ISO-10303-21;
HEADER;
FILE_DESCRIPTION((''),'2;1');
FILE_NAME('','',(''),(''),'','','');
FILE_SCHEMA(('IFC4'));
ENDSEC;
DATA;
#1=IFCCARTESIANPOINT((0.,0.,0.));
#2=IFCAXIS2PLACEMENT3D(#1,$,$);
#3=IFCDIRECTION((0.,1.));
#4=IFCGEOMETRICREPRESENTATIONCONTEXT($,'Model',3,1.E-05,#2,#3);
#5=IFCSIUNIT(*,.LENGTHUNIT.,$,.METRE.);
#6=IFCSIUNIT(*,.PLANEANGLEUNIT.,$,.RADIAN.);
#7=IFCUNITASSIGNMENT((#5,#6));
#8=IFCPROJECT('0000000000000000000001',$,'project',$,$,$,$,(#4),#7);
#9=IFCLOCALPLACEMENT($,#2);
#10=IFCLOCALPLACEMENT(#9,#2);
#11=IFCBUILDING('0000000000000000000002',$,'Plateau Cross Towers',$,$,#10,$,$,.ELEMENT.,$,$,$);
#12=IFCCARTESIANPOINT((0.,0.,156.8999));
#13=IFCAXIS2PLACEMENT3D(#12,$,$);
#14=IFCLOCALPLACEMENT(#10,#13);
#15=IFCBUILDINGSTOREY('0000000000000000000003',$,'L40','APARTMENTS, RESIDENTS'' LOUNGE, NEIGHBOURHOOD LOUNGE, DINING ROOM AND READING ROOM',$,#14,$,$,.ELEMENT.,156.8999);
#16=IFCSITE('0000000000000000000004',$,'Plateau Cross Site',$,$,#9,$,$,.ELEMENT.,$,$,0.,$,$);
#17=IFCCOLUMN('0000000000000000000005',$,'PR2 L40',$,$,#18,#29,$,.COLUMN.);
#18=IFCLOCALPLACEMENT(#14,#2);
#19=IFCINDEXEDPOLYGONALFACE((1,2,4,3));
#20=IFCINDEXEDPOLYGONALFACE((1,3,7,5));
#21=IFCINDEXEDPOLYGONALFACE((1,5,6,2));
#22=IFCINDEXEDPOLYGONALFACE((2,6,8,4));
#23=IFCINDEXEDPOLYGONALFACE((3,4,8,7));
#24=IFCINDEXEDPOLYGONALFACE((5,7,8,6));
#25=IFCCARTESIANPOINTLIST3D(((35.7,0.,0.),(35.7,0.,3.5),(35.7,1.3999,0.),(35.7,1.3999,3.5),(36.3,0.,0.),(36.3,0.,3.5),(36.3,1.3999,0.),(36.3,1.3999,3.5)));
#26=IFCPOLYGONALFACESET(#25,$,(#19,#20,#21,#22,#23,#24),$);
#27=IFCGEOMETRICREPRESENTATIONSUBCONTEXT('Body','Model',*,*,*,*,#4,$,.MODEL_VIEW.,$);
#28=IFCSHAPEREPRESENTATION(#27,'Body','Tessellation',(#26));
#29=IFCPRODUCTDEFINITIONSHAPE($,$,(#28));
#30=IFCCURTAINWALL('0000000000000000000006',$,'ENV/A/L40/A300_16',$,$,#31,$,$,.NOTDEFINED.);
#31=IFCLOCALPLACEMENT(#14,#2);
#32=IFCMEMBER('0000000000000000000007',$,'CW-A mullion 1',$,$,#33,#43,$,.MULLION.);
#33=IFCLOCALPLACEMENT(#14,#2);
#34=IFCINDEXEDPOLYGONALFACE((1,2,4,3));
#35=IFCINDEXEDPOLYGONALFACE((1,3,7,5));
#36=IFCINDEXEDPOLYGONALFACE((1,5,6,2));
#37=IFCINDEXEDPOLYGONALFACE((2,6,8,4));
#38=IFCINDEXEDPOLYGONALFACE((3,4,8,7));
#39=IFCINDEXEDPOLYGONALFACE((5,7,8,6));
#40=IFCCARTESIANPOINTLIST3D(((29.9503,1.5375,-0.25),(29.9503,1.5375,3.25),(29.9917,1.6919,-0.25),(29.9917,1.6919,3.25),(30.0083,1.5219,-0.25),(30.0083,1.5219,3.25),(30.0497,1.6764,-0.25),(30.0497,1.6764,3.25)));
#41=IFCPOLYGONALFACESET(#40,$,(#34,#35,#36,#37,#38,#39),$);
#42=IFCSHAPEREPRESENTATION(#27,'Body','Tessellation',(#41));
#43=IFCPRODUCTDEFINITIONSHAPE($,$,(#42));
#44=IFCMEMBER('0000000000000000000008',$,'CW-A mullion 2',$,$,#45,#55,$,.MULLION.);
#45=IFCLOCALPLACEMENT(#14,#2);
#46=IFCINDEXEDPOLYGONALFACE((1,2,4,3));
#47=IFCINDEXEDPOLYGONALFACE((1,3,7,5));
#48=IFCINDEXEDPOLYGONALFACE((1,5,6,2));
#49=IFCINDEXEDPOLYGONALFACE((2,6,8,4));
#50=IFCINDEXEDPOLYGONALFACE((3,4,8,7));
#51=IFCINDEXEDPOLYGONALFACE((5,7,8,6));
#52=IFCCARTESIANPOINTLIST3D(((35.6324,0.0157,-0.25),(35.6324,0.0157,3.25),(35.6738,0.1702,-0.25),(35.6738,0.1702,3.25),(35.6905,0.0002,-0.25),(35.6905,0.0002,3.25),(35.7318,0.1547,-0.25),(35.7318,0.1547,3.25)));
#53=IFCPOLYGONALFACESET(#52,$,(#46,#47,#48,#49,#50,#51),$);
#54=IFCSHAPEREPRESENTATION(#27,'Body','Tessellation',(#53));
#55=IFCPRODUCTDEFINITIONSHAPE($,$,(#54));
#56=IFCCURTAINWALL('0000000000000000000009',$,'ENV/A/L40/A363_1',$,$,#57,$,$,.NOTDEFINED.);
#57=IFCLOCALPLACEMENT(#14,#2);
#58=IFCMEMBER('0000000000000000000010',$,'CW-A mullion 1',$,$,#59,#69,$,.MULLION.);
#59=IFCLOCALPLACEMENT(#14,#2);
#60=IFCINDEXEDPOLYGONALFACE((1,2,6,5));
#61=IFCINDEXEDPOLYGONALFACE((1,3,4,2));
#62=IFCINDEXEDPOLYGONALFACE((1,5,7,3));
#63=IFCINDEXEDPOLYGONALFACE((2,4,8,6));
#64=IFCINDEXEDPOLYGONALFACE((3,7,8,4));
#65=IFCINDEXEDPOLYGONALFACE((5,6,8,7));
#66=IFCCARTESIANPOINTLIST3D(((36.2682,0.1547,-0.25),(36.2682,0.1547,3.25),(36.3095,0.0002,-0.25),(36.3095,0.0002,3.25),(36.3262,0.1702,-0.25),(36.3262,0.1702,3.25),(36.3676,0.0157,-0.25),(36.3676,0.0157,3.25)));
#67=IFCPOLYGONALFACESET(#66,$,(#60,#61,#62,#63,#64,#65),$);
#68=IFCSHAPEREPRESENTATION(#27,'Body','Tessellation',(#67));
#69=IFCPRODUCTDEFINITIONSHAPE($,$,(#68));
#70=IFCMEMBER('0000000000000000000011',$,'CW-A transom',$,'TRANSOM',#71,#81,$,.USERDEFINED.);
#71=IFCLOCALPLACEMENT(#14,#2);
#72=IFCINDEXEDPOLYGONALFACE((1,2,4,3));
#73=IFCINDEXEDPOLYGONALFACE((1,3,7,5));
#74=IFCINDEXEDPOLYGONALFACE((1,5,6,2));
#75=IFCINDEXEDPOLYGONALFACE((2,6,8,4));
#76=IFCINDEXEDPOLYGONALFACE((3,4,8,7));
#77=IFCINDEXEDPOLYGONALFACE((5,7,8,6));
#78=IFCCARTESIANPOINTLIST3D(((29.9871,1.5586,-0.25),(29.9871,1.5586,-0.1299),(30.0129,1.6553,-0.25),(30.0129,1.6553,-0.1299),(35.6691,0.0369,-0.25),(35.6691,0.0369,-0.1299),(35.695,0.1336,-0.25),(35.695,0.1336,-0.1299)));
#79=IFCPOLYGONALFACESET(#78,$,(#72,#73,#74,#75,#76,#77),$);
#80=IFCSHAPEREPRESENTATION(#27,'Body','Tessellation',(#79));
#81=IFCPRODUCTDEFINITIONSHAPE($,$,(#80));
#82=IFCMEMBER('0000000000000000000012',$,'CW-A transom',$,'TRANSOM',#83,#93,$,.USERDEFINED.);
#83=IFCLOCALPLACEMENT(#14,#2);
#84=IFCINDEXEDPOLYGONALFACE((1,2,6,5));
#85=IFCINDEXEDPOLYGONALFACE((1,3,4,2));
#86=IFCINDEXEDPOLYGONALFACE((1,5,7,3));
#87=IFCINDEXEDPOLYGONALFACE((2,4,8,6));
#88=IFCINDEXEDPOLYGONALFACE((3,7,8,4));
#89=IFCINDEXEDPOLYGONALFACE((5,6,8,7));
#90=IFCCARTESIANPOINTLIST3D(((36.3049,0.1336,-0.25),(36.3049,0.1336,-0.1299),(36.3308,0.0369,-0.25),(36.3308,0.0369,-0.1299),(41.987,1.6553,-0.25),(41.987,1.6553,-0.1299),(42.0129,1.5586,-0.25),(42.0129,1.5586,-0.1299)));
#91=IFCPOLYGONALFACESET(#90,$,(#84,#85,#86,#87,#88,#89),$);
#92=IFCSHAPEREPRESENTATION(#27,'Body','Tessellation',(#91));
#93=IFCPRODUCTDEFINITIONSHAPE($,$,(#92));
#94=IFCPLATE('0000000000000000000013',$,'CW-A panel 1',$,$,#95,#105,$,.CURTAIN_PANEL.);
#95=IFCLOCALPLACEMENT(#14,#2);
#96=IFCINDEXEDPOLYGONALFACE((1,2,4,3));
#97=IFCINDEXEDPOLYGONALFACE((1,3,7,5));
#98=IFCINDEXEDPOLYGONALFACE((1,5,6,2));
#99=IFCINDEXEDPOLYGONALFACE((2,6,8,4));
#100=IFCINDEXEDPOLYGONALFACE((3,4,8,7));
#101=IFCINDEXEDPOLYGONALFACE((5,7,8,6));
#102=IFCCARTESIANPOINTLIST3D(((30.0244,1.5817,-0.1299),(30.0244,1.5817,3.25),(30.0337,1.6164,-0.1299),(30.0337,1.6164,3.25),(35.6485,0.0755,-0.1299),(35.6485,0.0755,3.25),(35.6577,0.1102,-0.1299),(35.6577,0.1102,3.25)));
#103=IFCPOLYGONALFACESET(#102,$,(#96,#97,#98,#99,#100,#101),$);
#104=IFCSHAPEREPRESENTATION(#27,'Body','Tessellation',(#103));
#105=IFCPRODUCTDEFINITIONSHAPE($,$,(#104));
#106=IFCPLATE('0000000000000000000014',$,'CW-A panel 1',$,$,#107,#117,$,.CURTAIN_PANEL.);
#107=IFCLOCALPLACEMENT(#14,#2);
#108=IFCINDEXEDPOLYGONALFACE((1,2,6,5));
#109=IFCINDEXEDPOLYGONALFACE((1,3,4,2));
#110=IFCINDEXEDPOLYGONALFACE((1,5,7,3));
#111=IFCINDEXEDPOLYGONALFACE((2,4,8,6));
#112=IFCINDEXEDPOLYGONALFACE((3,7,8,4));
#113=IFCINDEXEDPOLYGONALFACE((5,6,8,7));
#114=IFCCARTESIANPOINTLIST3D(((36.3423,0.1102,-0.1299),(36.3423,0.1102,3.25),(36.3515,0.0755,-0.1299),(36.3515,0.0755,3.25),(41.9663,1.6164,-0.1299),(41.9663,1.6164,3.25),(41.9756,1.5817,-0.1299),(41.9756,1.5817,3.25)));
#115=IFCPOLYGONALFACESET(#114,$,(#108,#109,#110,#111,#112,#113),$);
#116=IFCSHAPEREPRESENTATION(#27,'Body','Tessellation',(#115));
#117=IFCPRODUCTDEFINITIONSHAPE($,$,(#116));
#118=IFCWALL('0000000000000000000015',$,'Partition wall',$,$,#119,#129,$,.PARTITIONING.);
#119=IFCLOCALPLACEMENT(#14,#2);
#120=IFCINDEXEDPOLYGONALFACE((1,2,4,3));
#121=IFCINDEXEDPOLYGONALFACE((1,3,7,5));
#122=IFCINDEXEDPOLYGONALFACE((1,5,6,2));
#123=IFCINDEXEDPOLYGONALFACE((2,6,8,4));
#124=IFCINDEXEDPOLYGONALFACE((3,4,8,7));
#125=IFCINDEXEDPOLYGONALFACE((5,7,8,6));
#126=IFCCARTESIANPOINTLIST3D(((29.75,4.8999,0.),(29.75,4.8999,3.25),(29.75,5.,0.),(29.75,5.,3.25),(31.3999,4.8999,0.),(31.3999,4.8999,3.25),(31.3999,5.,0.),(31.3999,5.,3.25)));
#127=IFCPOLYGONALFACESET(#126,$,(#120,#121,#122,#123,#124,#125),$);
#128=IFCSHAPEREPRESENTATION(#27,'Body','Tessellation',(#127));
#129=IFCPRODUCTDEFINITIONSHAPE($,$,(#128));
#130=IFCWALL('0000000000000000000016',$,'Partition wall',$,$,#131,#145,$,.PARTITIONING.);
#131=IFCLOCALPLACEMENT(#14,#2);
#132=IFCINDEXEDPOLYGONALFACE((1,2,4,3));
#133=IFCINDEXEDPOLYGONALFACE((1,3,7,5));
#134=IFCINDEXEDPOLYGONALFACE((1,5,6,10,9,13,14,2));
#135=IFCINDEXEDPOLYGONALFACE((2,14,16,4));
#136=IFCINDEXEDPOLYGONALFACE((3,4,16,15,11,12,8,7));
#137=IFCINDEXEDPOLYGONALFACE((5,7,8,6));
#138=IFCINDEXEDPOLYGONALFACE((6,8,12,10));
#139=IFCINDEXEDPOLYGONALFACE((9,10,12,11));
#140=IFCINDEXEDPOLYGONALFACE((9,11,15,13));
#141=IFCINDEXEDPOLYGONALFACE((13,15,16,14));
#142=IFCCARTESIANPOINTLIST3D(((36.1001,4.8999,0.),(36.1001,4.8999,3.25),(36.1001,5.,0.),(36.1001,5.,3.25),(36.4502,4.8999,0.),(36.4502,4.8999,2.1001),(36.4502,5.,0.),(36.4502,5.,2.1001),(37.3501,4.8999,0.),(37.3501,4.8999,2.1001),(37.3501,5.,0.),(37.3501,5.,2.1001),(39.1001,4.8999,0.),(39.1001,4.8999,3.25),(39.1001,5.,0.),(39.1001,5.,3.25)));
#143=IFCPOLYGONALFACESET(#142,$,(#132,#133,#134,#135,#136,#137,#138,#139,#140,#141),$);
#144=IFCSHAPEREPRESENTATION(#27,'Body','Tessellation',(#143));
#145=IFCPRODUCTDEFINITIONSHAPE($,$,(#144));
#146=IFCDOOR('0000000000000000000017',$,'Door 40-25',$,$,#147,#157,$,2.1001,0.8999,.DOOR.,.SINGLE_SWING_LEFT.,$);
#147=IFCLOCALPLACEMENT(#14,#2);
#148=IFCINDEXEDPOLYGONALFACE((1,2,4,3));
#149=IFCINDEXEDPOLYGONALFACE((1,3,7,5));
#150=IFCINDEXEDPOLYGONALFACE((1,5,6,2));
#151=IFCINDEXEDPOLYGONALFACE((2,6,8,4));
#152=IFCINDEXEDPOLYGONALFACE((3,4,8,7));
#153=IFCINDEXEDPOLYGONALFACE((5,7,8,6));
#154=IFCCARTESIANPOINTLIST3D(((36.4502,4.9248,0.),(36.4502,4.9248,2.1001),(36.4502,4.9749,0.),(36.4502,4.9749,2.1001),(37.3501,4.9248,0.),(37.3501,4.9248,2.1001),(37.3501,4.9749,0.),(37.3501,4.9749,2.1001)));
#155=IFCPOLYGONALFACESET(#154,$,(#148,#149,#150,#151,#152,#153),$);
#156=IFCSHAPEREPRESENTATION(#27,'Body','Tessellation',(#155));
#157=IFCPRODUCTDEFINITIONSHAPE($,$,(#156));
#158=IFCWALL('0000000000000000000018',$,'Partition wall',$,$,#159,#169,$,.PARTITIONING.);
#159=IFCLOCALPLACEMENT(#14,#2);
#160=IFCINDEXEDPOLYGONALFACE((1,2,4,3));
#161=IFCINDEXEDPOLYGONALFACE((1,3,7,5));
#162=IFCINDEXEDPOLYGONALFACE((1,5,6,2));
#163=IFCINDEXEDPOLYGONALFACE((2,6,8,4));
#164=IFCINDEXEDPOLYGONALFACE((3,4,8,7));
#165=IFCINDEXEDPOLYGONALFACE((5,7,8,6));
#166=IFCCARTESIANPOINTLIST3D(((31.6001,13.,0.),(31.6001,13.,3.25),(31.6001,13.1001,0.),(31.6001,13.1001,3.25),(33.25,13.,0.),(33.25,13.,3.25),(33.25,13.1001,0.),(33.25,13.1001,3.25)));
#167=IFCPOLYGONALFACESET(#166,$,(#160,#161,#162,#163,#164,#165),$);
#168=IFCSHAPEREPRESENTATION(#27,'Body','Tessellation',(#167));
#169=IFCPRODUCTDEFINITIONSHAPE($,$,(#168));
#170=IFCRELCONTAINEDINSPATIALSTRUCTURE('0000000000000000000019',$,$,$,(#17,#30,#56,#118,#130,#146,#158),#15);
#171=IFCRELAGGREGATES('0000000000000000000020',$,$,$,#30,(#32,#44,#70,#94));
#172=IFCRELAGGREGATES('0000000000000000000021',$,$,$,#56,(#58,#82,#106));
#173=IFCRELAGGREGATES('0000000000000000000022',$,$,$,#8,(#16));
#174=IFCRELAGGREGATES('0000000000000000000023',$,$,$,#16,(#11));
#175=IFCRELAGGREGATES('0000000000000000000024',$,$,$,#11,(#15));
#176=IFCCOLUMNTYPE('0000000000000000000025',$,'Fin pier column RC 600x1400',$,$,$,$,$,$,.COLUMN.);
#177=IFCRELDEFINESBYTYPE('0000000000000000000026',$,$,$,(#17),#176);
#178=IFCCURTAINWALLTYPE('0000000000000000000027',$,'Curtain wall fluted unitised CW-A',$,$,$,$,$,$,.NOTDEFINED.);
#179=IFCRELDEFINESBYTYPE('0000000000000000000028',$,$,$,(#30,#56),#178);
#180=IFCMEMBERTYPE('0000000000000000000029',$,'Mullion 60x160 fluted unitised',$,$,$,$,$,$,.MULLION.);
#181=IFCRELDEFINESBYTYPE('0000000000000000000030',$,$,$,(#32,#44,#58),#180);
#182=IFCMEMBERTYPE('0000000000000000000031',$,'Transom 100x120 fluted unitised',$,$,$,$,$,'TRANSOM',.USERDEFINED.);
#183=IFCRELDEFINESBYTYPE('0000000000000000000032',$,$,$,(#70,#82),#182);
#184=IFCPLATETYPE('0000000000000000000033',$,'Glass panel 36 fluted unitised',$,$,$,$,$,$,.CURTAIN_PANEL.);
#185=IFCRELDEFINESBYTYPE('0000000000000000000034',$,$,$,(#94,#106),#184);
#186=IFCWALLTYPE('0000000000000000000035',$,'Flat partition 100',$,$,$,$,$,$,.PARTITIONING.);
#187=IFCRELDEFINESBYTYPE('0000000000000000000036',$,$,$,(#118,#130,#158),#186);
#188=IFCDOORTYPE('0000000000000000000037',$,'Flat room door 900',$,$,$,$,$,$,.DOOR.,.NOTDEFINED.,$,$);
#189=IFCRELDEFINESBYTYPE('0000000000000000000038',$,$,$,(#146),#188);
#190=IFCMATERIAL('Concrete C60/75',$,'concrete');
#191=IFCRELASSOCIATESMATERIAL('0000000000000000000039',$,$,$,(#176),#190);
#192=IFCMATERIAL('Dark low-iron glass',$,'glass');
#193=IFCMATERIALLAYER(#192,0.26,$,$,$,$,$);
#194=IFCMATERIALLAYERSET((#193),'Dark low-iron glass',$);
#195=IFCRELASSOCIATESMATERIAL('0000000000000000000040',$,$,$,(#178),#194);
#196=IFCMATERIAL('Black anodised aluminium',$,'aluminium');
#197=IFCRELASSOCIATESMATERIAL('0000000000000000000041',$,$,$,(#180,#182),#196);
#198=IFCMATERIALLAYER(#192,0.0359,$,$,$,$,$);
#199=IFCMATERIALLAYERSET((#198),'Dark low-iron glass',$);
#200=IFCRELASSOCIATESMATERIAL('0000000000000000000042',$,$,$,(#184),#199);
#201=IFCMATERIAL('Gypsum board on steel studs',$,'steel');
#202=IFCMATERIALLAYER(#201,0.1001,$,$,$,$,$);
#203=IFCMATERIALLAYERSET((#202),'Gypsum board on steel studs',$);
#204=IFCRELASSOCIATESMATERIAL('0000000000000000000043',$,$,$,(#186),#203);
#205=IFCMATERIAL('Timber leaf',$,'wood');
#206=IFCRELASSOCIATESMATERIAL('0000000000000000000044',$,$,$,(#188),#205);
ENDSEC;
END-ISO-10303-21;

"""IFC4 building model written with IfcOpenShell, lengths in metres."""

from ifc_helpers import new_model, si_unit, direction, frame, frame_2d, origin, origin_2d, place, context, subcontext, project, spatial, rectangle, extrude, material, layer, layer_set, material_profile, profile_set, type_object, element, fill, aggregate, save


model = new_model("IFC4")

# Units and contexts
model_context = context("Model", 3, precision=1e-05, world=origin(), true_north=direction((0.0, 1.0)))
body_context = subcontext(model_context, "Body", "Model", "MODEL_VIEW")
ifc_project = project(units=[si_unit("LENGTHUNIT", "METRE"), si_unit("PLANEANGLEUNIT", "RADIAN")], contexts=[model_context])

# Site, building, storey
site_placement = place(None, origin())
site = spatial("IfcSite", under=ifc_project, at=site_placement, Name="Plateau Cross Site", CompositionType="ELEMENT", RefElevation=0.0)
building_placement = place(site_placement, origin())
building = spatial("IfcBuilding", under=site, at=building_placement, Name="Plateau Cross Towers", CompositionType="ELEMENT")
storey_placement = place(building_placement, frame((0.0, 0.0, 156.8999)))
storey = spatial("IfcBuildingStorey", under=building, at=storey_placement, Name="L40", Description="APARTMENTS, RESIDENTS' LOUNGE, NEIGHBOURHOOD LOUNGE, DINING ROOM AND READING ROOM", CompositionType="ELEMENT", Elevation=156.8999)

# Column
ifc_material_1 = material(Name="Concrete C60/75", Category="concrete")
ifc_material_profile_1 = material_profile(ifc_material_1, rectangle(XDim=0.6001, YDim=1.3999, at=origin_2d()), Name="RC 600x1400")
ifc_profile_set_1 = profile_set([ifc_material_profile_1], Name="Concrete C60/75")
column_type = type_object("IfcColumnType", Name="Fin pier column RC 600x1400", PredefinedType="COLUMN", material=ifc_profile_set_1)
column_placement = place(storey_placement, frame((36.0, 0.7, 0.0), z_axis=(0.0, 0.0, 1.0), x_axis=(1.0, 0.0, 0.0)))
element("IfcColumn", 1, at=column_placement, inside=storey, type_object=column_type, Name="PR2 L40", PredefinedType="COLUMN", context=body_context, shape_type="SweptSolid", body=[
    extrude(rectangle(XDim=0.6001, YDim=1.3999, at=origin_2d()), origin(), (0.0, 0.0, 1.0), 3.5),
])

# Curtain wall, members
ifc_material_2 = material(Name="Dark low-iron glass", Category="glass")
ifc_layer_1 = layer(ifc_material_2, 0.26)
ifc_layer_set_1 = layer_set([ifc_layer_1], Name="Dark low-iron glass")
curtain_wall_type = type_object("IfcCurtainWallType", Name="Curtain wall fluted unitised CW-A", PredefinedType="NOTDEFINED", material=ifc_layer_set_1)
curtain_wall_1_placement = place(storey_placement, origin())
curtain_wall_1 = element("IfcCurtainWall", 2, at=curtain_wall_1_placement, inside=storey, type_object=curtain_wall_type, Name="ENV/A/L40/A300_16", PredefinedType="NOTDEFINED")
ifc_material_3 = material(Name="Black anodised aluminium", Category="aluminium")
ifc_material_profile_2 = material_profile(ifc_material_3, rectangle(XDim=0.0601, YDim=0.1599, at=origin_2d()), Name="MULLION 60x160")
ifc_profile_set_2 = profile_set([ifc_material_profile_2], Name="Black anodised aluminium")
member_type_1 = type_object("IfcMemberType", Name="Mullion 60x160 fluted unitised", PredefinedType="MULLION", material=ifc_profile_set_2)
member_1_placement = place(storey_placement, frame((30.0, 1.6069, -0.25), z_axis=(0.0, 0.0, 1.0), x_axis=(0.965958, -0.258699, 0.0)))
member_1 = element("IfcMember", 3, at=member_1_placement, type_object=member_type_1, Name="CW-A mullion 1", PredefinedType="MULLION", context=body_context, shape_type="SweptSolid", body=[
    extrude(rectangle(XDim=0.0601, YDim=0.1599, at=origin_2d()), origin(), (0.0, 0.0, 1.0), 3.5),
])
member_2_placement = place(storey_placement, frame((35.6821, 0.0852, -0.25), z_axis=(0.0, 0.0, 1.0), x_axis=(0.965958, -0.258699, 0.0)))
member_2 = element("IfcMember", 4, at=member_2_placement, type_object=member_type_1, Name="CW-A mullion 2", PredefinedType="MULLION", context=body_context, shape_type="SweptSolid", body=[
    extrude(rectangle(XDim=0.0601, YDim=0.1599, at=origin_2d()), origin(), (0.0, 0.0, 1.0), 3.5),
])

# Curtain wall, member
curtain_wall_2_placement = place(storey_placement, origin())
curtain_wall_2 = element("IfcCurtainWall", 5, at=curtain_wall_2_placement, inside=storey, type_object=curtain_wall_type, Name="ENV/A/L40/A363_1", PredefinedType="NOTDEFINED")
member_3_placement = place(storey_placement, frame((36.3179, 0.0852, -0.25), z_axis=(0.0, 0.0, 1.0), x_axis=(0.965958, 0.258699, 0.0)))
member_3 = element("IfcMember", 6, at=member_3_placement, type_object=member_type_1, Name="CW-A mullion 1", PredefinedType="MULLION", context=body_context, shape_type="SweptSolid", body=[
    extrude(rectangle(XDim=0.0601, YDim=0.1599, at=origin_2d()), origin(), (0.0, 0.0, 1.0), 3.5),
])

# Members
ifc_material_profile_3 = material_profile(ifc_material_3, rectangle(XDim=0.1001, YDim=0.1201, at=origin_2d()), Name="TRANSOM 100x120")
ifc_profile_set_3 = profile_set([ifc_material_profile_3], Name="Black anodised aluminium")
member_type_2 = type_object("IfcMemberType", Name="Transom 100x120 fluted unitised", ElementType="TRANSOM", PredefinedType="USERDEFINED", material=ifc_profile_set_3)
member_4_placement = place(storey_placement, frame((30.0, 1.6069, -0.1899), z_axis=(0.96596, -0.258693, 0.0), x_axis=(0.258693, 0.96596, 0.0)))
member_4 = element("IfcMember", 7, at=member_4_placement, type_object=member_type_2, Name="CW-A transom", ObjectType="TRANSOM", PredefinedType="USERDEFINED", context=body_context, shape_type="SweptSolid", body=[
    extrude(rectangle(XDim=0.1001, YDim=0.1201, at=origin_2d()), origin(), (0.0, 0.0, 1.0), 5.8823),
])
member_5_placement = place(storey_placement, frame((36.3179, 0.0852, -0.1899), z_axis=(0.96596, 0.258693, 0.0), x_axis=(-0.258693, 0.96596, 0.0)))
member_5 = element("IfcMember", 8, at=member_5_placement, type_object=member_type_2, Name="CW-A transom", ObjectType="TRANSOM", PredefinedType="USERDEFINED", context=body_context, shape_type="SweptSolid", body=[
    extrude(rectangle(XDim=0.1001, YDim=0.1201, at=origin_2d()), origin(), (0.0, 0.0, 1.0), 5.8823),
])

# Plates
ifc_layer_2 = layer(ifc_material_2, 0.0359)
ifc_layer_set_2 = layer_set([ifc_layer_2], Name="Dark low-iron glass")
plate_type = type_object("IfcPlateType", Name="Glass panel 36 fluted unitised", PredefinedType="CURTAIN_PANEL", material=ifc_layer_set_2)
plate_1_placement = place(storey_placement, frame((32.8411, 0.8459, -0.1299), z_axis=(0.0, 0.0, 1.0), x_axis=(0.965958, -0.258699, 0.0)))
plate_1 = element("IfcPlate", 9, at=plate_1_placement, type_object=plate_type, Name="CW-A panel 1", PredefinedType="CURTAIN_PANEL", context=body_context, shape_type="SweptSolid", body=[
    extrude(rectangle(XDim=5.8223, YDim=0.0359, at=origin_2d()), origin(), (0.0, 0.0, 1.0), 3.3799),
])
aggregate(curtain_wall_1, [member_1, member_2, member_4, plate_1])
plate_2_placement = place(storey_placement, frame((39.1589, 0.8459, -0.1299), z_axis=(0.0, 0.0, 1.0), x_axis=(0.965958, 0.258699, 0.0)))
plate_2 = element("IfcPlate", 10, at=plate_2_placement, type_object=plate_type, Name="CW-A panel 1", PredefinedType="CURTAIN_PANEL", context=body_context, shape_type="SweptSolid", body=[
    extrude(rectangle(XDim=5.8223, YDim=0.0359, at=origin_2d()), origin(), (0.0, 0.0, 1.0), 3.3799),
])
aggregate(curtain_wall_2, [member_3, member_5, plate_2])

# Wall
ifc_material_4 = material(Name="Gypsum board on steel studs", Category="steel")
ifc_layer_3 = layer(ifc_material_4, 0.1001)
ifc_layer_set_3 = layer_set([ifc_layer_3], Name="Gypsum board on steel studs")
wall_type_1 = type_object("IfcWallType", Name="Flat partition 100", PredefinedType="PARTITIONING", material=ifc_layer_set_3)
wall_1_placement = place(storey_placement, frame((29.75, 4.95, 0.0), z_axis=(0.0, 0.0, 1.0), x_axis=(1.0, 0.0, 0.0)))
element("IfcWall", 11, at=wall_1_placement, inside=storey, type_object=wall_type_1, Name="Partition wall", PredefinedType="PARTITIONING", context=body_context, shape_type="SweptSolid", body=[
    extrude(rectangle(XDim=1.6499, YDim=0.1001, at=frame_2d((0.825, 0.0))), origin(), (0.0, 0.0, 1.0), 3.25),
])

# Wall, opening, door
wall_2_placement = place(storey_placement, frame((36.1001, 4.95, 0.0), z_axis=(0.0, 0.0, 1.0), x_axis=(1.0, 0.0, 0.0)))
wall_2 = element("IfcWall", 12, at=wall_2_placement, inside=storey, type_object=wall_type_1, Name="Partition wall", PredefinedType="PARTITIONING", context=body_context, shape_type="SweptSolid", body=[
    extrude(rectangle(XDim=3.0, YDim=0.1001, at=frame_2d((1.5, 0.0))), origin(), (0.0, 0.0, 1.0), 3.25),
])
opening_1_placement = place(wall_2_placement, frame((0.3501, 0.0, 0.0)))
opening_1 = element("IfcOpeningElement", 13, at=opening_1_placement, cuts=wall_2, PredefinedType="OPENING", context=body_context, shape_type="SweptSolid", body=[
    extrude(rectangle(XDim=0.8999, YDim=2.1001, at=frame_2d((0.45, 1.05))), frame((0.0, 0.0601, 0.0), z_axis=(0.0, -1.0, 0.0), x_axis=(1.0, 0.0, 0.0)), (0.0, 0.0, 1.0), 0.1201),
])
ifc_material_5 = material(Name="Timber leaf", Category="wood")
door_type_1 = type_object("IfcDoorType", Name="Flat room door 900", OperationType="NOTDEFINED", PredefinedType="DOOR", material=ifc_material_5)
door_1_placement = place(opening_1_placement, origin())
door_1 = element("IfcDoor", 14, at=door_1_placement, inside=storey, type_object=door_type_1, Name="Door 40-25", OperationType="SINGLE_SWING_LEFT", OverallHeight=2.1001, OverallWidth=0.8999, PredefinedType="DOOR", context=body_context, shape_type="SweptSolid", body=[
    extrude(rectangle(XDim=0.8999, YDim=2.1001, at=frame_2d((0.45, 1.05))), frame((0.0, 0.0249, 0.0), z_axis=(0.0, -1.0, 0.0), x_axis=(1.0, 0.0, 0.0)), (0.0, 0.0, 1.0), 0.05),
])
fill(opening_1, door_1)

# Wall
wall_3_placement = place(storey_placement, frame((33.25, 13.05, 0.0), z_axis=(0.0, 0.0, 1.0), x_axis=(-1.0, 0.0, 0.0)))
element("IfcWall", 15, at=wall_3_placement, inside=storey, type_object=wall_type_1, Name="Partition wall", PredefinedType="PARTITIONING", context=body_context, shape_type="SweptSolid", body=[
    extrude(rectangle(XDim=1.6499, YDim=0.1001, at=frame_2d((0.825, 0.0))), origin(), (0.0, 0.0, 1.0), 3.25),
])

save(model, "model.ifc")
